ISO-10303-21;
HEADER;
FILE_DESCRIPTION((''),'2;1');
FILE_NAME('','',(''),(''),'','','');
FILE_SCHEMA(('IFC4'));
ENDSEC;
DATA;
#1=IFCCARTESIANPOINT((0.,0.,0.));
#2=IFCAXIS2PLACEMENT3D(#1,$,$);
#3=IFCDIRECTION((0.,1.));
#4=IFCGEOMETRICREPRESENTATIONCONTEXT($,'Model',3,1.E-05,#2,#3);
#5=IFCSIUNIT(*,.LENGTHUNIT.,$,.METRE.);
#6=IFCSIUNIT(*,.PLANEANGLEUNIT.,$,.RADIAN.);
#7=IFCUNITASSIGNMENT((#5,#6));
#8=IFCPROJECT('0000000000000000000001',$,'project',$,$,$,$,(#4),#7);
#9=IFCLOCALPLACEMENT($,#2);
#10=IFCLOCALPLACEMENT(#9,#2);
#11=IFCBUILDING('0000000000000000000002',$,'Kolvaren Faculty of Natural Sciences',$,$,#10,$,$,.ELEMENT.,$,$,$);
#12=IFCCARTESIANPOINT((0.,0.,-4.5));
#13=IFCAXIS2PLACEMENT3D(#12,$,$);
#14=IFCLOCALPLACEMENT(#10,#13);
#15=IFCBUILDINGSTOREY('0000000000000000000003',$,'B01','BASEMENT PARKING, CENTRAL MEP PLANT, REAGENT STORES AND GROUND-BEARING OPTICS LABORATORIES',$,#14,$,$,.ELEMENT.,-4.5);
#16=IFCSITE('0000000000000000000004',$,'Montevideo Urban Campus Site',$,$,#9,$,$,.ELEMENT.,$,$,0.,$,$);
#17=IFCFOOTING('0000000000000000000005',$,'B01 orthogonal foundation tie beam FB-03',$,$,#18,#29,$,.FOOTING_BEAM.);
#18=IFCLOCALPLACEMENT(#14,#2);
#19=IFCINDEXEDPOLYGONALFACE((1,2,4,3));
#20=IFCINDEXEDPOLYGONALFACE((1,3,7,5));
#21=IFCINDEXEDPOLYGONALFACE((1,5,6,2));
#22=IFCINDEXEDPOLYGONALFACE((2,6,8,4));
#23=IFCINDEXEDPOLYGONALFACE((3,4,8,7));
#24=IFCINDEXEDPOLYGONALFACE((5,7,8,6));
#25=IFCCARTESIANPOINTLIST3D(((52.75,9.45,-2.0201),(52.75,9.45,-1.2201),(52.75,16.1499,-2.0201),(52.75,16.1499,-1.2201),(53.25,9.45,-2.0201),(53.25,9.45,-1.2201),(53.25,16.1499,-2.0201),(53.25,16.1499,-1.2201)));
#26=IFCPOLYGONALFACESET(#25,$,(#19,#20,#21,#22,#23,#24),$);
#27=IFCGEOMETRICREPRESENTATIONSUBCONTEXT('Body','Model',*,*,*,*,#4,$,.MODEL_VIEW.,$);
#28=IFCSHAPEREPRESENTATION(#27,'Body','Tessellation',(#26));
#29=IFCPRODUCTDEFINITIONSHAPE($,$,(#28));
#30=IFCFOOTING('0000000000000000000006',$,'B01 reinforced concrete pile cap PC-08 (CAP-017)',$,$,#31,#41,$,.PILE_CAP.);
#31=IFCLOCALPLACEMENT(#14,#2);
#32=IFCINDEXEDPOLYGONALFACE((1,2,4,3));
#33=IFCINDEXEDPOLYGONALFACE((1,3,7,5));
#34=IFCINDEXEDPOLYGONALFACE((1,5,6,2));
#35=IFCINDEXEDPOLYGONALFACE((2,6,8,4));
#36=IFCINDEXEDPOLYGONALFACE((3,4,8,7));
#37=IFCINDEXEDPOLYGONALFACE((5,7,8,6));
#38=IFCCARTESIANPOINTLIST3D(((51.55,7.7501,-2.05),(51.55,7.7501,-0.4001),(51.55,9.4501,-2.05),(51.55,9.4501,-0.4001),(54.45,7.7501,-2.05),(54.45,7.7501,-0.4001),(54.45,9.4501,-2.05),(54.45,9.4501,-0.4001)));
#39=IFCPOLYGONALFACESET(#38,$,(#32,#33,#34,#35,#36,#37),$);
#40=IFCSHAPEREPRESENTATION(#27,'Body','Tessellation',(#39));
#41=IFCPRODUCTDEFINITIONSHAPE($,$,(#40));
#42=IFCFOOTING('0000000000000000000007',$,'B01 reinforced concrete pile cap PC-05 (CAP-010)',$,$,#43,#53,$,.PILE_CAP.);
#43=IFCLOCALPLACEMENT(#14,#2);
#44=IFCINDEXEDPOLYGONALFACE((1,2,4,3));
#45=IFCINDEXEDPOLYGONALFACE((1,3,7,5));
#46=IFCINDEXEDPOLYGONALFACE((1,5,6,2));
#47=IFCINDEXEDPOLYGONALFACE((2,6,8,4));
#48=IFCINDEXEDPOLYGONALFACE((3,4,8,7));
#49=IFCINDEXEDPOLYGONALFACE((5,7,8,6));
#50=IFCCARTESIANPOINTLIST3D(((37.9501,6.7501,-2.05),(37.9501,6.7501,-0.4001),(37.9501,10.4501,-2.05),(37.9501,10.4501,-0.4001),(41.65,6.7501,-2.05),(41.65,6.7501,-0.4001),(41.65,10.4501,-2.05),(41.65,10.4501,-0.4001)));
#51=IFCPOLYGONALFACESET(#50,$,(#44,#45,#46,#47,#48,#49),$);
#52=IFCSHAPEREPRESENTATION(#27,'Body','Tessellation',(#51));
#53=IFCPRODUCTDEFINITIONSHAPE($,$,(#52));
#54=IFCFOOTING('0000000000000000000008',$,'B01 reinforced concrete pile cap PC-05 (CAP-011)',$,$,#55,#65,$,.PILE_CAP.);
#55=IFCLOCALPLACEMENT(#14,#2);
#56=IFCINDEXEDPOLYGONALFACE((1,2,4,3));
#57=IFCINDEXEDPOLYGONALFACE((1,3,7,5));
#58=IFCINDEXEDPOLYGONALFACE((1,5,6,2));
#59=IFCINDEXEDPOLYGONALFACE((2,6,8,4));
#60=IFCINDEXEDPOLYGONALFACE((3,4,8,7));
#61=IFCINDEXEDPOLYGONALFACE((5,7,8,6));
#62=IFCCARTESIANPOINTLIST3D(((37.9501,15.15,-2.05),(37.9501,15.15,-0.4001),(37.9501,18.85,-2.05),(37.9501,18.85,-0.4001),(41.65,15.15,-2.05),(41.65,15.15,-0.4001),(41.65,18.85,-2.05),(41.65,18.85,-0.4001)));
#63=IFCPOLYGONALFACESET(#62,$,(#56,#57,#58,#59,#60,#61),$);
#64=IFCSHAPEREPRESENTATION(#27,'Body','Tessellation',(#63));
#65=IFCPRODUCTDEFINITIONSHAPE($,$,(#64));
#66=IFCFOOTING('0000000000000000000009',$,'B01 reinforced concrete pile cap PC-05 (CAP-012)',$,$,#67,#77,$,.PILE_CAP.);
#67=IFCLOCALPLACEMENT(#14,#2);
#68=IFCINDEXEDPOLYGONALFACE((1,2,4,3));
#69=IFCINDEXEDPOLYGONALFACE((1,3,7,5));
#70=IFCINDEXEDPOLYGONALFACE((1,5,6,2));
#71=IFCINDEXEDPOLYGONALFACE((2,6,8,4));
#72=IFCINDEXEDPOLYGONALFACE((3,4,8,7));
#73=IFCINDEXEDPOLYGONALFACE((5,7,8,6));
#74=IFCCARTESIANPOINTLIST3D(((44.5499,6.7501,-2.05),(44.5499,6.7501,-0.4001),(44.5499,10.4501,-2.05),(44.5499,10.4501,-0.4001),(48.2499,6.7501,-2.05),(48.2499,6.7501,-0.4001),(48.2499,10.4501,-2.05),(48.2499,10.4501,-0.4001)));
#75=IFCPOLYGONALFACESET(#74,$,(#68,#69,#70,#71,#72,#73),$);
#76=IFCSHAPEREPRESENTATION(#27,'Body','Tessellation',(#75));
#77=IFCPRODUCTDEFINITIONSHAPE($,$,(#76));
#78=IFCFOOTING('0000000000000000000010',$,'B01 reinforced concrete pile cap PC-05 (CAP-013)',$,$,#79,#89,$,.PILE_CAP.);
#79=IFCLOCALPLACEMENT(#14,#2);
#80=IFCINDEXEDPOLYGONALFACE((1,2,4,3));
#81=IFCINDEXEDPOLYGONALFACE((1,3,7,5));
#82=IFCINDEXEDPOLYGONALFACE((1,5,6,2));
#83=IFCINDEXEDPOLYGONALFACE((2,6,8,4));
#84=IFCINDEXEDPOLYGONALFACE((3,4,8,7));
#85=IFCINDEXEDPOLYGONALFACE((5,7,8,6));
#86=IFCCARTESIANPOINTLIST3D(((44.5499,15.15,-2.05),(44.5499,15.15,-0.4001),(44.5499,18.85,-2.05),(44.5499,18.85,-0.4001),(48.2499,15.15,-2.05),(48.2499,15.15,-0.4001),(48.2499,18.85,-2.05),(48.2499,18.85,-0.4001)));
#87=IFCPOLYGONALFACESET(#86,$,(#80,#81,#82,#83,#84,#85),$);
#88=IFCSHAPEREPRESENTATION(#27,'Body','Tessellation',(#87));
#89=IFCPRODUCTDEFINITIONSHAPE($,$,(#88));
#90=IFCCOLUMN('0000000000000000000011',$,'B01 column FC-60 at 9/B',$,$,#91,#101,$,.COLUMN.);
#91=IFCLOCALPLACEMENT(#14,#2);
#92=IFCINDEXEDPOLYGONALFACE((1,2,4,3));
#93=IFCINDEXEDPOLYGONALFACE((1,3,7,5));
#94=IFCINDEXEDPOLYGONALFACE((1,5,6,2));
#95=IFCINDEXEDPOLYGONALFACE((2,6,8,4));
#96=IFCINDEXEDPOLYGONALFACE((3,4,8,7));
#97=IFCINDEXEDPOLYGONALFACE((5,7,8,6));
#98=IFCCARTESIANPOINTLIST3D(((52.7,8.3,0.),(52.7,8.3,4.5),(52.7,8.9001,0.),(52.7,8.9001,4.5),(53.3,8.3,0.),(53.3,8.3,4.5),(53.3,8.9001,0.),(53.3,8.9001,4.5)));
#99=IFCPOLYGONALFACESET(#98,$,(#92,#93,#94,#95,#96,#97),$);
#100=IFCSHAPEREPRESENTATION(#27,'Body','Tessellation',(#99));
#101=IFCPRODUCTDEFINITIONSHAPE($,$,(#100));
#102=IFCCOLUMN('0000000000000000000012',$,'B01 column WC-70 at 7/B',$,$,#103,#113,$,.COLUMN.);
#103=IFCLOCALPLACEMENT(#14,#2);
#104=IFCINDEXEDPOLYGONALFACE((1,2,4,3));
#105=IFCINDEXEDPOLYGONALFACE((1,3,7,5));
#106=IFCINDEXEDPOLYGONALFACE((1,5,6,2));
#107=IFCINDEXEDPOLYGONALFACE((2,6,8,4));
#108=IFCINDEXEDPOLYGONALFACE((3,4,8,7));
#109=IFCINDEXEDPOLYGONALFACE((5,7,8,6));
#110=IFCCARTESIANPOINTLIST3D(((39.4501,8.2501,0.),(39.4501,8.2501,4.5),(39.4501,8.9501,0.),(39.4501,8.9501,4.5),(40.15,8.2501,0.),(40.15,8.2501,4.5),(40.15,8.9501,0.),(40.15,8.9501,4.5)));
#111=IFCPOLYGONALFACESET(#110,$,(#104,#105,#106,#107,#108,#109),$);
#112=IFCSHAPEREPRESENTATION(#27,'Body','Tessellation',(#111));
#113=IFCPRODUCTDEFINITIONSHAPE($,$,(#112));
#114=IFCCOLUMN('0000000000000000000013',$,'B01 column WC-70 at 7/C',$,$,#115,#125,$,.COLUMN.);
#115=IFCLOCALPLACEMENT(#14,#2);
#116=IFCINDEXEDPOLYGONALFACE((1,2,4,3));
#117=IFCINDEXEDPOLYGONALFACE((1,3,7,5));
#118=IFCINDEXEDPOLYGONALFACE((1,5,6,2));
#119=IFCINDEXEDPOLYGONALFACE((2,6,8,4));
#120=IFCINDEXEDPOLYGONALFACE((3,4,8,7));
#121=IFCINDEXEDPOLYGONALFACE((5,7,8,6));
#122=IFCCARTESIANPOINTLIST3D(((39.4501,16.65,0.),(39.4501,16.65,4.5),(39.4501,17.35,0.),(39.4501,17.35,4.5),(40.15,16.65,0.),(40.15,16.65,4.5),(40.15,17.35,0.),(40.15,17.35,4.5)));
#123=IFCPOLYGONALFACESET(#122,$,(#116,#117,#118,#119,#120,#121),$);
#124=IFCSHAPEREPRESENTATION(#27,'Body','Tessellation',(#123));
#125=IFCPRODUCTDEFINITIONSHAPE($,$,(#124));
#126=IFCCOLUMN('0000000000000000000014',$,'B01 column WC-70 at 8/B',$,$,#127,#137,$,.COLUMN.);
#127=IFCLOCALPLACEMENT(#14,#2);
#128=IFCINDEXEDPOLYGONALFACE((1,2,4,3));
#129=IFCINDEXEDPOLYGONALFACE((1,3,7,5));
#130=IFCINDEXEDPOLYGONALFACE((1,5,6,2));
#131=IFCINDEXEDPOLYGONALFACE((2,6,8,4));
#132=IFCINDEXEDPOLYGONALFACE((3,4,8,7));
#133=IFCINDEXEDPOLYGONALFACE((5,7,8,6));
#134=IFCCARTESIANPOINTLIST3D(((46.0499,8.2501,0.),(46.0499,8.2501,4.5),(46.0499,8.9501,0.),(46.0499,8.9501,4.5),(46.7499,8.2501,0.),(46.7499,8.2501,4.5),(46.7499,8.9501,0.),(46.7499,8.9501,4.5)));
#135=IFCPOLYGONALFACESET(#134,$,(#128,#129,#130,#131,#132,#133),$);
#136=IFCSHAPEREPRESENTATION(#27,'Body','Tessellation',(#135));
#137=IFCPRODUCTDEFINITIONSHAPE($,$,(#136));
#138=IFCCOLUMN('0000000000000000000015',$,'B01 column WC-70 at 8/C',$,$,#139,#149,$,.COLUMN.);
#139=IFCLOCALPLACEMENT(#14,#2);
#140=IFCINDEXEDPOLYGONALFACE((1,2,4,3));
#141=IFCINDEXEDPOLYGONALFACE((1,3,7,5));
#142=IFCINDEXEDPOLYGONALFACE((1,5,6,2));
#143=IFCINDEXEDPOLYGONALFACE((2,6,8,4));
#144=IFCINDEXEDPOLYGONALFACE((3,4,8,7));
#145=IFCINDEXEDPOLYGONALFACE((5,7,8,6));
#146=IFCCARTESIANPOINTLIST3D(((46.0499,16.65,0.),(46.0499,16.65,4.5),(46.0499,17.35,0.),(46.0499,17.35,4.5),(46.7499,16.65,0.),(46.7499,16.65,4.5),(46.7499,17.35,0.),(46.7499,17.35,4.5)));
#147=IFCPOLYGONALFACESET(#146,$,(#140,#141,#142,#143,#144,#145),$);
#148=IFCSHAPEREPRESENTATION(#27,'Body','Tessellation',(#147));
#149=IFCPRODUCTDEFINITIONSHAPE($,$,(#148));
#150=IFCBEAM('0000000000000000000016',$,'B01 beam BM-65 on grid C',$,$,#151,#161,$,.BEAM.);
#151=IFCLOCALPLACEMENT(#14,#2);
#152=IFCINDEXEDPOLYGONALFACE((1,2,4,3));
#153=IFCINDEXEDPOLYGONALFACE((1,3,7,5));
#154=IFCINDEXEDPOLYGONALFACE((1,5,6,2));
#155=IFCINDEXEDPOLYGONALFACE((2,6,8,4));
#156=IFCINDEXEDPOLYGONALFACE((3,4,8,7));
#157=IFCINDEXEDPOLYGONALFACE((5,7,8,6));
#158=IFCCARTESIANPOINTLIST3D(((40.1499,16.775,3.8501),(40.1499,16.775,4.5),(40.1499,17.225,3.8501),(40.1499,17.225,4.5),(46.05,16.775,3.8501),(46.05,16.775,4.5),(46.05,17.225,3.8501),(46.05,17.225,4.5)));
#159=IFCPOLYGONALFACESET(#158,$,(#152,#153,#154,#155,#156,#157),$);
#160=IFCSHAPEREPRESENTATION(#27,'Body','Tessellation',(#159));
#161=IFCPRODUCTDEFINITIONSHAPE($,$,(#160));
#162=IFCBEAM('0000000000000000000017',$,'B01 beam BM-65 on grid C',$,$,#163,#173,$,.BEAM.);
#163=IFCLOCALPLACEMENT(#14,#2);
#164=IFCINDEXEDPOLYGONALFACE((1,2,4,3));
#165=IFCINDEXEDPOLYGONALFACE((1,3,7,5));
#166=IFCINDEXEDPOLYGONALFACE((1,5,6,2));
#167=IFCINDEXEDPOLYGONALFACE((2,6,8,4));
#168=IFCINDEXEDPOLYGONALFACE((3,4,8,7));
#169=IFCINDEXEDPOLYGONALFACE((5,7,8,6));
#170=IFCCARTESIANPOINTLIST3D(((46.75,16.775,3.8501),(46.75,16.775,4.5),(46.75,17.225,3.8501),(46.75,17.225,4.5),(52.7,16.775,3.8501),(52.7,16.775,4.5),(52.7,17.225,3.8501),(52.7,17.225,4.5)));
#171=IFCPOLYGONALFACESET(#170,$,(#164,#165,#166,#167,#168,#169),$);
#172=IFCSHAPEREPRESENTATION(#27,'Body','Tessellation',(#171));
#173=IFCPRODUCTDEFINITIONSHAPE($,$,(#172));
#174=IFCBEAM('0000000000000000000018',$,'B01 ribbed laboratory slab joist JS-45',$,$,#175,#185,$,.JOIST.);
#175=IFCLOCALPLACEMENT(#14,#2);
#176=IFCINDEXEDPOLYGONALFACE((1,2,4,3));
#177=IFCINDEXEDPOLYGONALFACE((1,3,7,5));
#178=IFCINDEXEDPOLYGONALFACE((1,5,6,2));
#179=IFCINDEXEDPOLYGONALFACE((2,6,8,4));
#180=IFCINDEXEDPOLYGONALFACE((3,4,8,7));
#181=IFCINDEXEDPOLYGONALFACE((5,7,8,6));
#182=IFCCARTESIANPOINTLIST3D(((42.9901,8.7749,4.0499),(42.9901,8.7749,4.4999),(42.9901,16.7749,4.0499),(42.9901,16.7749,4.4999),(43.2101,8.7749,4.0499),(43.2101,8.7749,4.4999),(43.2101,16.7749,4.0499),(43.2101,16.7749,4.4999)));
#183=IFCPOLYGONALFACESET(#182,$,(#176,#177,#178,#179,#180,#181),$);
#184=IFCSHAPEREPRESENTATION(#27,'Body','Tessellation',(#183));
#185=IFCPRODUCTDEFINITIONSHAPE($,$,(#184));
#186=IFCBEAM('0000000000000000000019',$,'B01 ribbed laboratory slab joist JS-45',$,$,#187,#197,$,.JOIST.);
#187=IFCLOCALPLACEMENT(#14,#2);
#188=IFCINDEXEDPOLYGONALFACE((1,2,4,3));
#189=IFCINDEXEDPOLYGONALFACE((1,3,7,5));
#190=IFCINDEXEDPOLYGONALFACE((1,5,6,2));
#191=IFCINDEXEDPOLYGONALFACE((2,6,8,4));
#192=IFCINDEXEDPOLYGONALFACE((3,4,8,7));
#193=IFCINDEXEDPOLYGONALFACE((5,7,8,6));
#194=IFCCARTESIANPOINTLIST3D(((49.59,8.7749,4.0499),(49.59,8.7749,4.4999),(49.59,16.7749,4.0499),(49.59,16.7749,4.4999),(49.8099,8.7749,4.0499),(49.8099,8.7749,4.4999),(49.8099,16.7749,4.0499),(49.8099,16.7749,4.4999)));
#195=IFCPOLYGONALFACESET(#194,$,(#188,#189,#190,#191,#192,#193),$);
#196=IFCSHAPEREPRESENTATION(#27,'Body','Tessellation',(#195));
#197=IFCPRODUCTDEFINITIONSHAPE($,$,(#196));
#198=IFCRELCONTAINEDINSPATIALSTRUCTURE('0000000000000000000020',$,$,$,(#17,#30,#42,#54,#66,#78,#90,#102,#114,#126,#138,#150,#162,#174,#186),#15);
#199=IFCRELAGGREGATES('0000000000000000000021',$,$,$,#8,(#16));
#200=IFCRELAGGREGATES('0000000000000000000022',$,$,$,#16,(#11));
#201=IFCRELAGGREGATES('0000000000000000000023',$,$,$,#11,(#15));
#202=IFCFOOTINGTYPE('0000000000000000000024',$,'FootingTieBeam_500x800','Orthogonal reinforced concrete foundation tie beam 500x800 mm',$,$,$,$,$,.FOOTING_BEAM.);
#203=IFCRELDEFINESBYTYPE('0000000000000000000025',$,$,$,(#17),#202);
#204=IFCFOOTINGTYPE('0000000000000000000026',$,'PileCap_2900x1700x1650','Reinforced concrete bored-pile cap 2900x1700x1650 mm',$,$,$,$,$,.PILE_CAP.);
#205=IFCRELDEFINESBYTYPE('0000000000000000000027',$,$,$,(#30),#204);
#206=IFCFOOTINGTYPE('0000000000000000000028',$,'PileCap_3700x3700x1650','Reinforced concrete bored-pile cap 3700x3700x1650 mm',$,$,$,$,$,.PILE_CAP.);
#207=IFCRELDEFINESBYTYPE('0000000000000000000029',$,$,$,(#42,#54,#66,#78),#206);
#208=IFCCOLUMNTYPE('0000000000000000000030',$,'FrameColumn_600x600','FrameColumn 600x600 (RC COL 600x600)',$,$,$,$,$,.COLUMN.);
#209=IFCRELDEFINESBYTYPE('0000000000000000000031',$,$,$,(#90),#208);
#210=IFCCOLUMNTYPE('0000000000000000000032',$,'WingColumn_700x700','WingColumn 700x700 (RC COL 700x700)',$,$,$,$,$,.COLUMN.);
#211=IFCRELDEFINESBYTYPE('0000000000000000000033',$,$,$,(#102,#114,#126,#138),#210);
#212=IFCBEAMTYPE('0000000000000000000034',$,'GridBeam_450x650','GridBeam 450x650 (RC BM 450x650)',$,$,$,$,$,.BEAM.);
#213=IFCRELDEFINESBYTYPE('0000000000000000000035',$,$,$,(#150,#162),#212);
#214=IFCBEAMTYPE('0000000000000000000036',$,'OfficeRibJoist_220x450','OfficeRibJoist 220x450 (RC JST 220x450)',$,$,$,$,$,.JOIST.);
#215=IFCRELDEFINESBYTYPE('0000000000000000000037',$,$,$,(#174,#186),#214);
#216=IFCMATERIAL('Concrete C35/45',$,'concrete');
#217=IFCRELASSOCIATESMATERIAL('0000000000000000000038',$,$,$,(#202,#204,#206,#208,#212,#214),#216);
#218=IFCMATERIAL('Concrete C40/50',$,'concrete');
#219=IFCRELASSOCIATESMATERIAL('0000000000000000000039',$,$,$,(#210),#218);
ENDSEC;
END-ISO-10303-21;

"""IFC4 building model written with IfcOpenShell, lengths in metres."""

from ifc_helpers import new_model, si_unit, direction, frame, origin, origin_2d, place, context, subcontext, project, spatial, rectangle, extrude, material, material_profile, profile_set, type_object, element, save


model = new_model("IFC4")

# Units and contexts
model_context = context("Model", 3, precision=1e-05, world=origin(), true_north=direction((0.0, 1.0)))
body_context = subcontext(model_context, "Body", "Model", "MODEL_VIEW")
ifc_project = project(units=[si_unit("LENGTHUNIT", "METRE"), si_unit("PLANEANGLEUNIT", "RADIAN")], contexts=[model_context])

# Site, building, storey
site_placement = place(None, origin())
site = spatial("IfcSite", under=ifc_project, at=site_placement, Name="Montevideo Urban Campus Site", CompositionType="ELEMENT", RefElevation=0.0)
building_placement = place(site_placement, origin())
building = spatial("IfcBuilding", under=site, at=building_placement, Name="Kolvaren Faculty of Natural Sciences", CompositionType="ELEMENT")
storey_placement = place(building_placement, frame((0.0, 0.0, -4.5)))
storey = spatial("IfcBuildingStorey", under=building, at=storey_placement, Name="B01", Description="BASEMENT PARKING, CENTRAL MEP PLANT, REAGENT STORES AND GROUND-BEARING OPTICS LABORATORIES", CompositionType="ELEMENT", Elevation=-4.5)

# Shared definitions
ifc_material_1 = material(Name="Concrete C35/45", Category="concrete")

# Footings
ifc_material_profile_1 = material_profile(ifc_material_1, rectangle(XDim=0.5, YDim=0.8, at=origin_2d()), Name="RC FB 500x800")
ifc_profile_set_1 = profile_set([ifc_material_profile_1], Name="Concrete C35/45")
footing_type_1 = type_object("IfcFootingType", Name="FootingTieBeam_500x800", Description="Orthogonal reinforced concrete foundation tie beam 500x800 mm", PredefinedType="FOOTING_BEAM", material=ifc_profile_set_1)
footing_1_placement = place(storey_placement, frame((53.0, 9.45, -1.6201), z_axis=(0.0, 1.0, 0.0), x_axis=(-1.0, 0.0, 0.0)))
element("IfcFooting", 1, at=footing_1_placement, inside=storey, type_object=footing_type_1, Name="B01 orthogonal foundation tie beam FB-03", PredefinedType="FOOTING_BEAM", context=body_context, shape_type="SweptSolid", body=[
    extrude(rectangle(XDim=0.5, YDim=0.8, at=origin_2d()), origin(), (0.0, 0.0, 1.0), 6.7),
])
footing_type_2 = type_object("IfcFootingType", Name="PileCap_2900x1700x1650", Description="Reinforced concrete bored-pile cap 2900x1700x1650 mm", PredefinedType="PILE_CAP", material=ifc_material_1)
footing_2_placement = place(storey_placement, frame((53.0, 8.6001, -2.05), z_axis=(0.0, 0.0, 1.0), x_axis=(1.0, 0.0, 0.0)))
element("IfcFooting", 2, at=footing_2_placement, inside=storey, type_object=footing_type_2, Name="B01 reinforced concrete pile cap PC-08 (CAP-017)", PredefinedType="PILE_CAP", context=body_context, shape_type="SweptSolid", body=[
    extrude(rectangle(XDim=2.8999, YDim=1.7, at=origin_2d()), origin(), (0.0, 0.0, 1.0), 1.6499),
])
footing_type_3 = type_object("IfcFootingType", Name="PileCap_3700x3700x1650", Description="Reinforced concrete bored-pile cap 3700x3700x1650 mm", PredefinedType="PILE_CAP", material=ifc_material_1)
for number, where, z_axis, x_axis, name in (
    (3, (39.8, 8.6001, -2.05), (0.0, 0.0, 1.0), (1.0, 0.0, 0.0), "B01 reinforced concrete pile cap PC-05 (CAP-010)"),
    (4, (39.8, 17.0, -2.05), (0.0, 0.0, 1.0), (1.0, 0.0, 0.0), "B01 reinforced concrete pile cap PC-05 (CAP-011)"),
    (5, (46.3999, 8.6001, -2.05), (0.0, 0.0, 1.0), (1.0, 0.0, 0.0), "B01 reinforced concrete pile cap PC-05 (CAP-012)"),
    (6, (46.3999, 17.0, -2.05), (0.0, 0.0, 1.0), (1.0, 0.0, 0.0), "B01 reinforced concrete pile cap PC-05 (CAP-013)"),
):
    element("IfcFooting", number, at=place(storey_placement, frame(where, z_axis=z_axis, x_axis=x_axis)), inside=storey, type_object=footing_type_3, Name=name, PredefinedType="PILE_CAP", context=body_context, shape_type="SweptSolid", body=[
        extrude(rectangle(XDim=3.7, YDim=3.7, at=origin_2d()), origin(), (0.0, 0.0, 1.0), 1.6499),
    ])

# Columns
ifc_material_profile_2 = material_profile(ifc_material_1, rectangle(XDim=0.6001, YDim=0.6001, at=origin_2d()), Name="RC COL 600x600")
ifc_profile_set_2 = profile_set([ifc_material_profile_2], Name="Concrete C35/45")
column_type_1 = type_object("IfcColumnType", Name="FrameColumn_600x600", Description="FrameColumn 600x600 (RC COL 600x600)", PredefinedType="COLUMN", material=ifc_profile_set_2)
column_placement = place(storey_placement, frame((53.0, 8.6001, 0.0), z_axis=(0.0, 0.0, 1.0), x_axis=(1.0, 0.0, 0.0)))
element("IfcColumn", 7, at=column_placement, inside=storey, type_object=column_type_1, Name="B01 column FC-60 at 9/B", PredefinedType="COLUMN", context=body_context, shape_type="SweptSolid", body=[
    extrude(rectangle(XDim=0.6001, YDim=0.6001, at=origin_2d()), origin(), (0.0, 0.0, 1.0), 4.5),
])
ifc_material_2 = material(Name="Concrete C40/50", Category="concrete")
ifc_material_profile_3 = material_profile(ifc_material_2, rectangle(XDim=0.7, YDim=0.7, at=origin_2d()), Name="RC COL 700x700")
ifc_profile_set_3 = profile_set([ifc_material_profile_3], Name="Concrete C40/50")
column_type_2 = type_object("IfcColumnType", Name="WingColumn_700x700", Description="WingColumn 700x700 (RC COL 700x700)", PredefinedType="COLUMN", material=ifc_profile_set_3)
for number, where, z_axis, x_axis, name in (
    (8, (39.8, 8.6001, 0.0), (0.0, 0.0, 1.0), (1.0, 0.0, 0.0), "B01 column WC-70 at 7/B"),
    (9, (39.8, 17.0, 0.0), (0.0, 0.0, 1.0), (1.0, 0.0, 0.0), "B01 column WC-70 at 7/C"),
    (10, (46.3999, 8.6001, 0.0), (0.0, 0.0, 1.0), (1.0, 0.0, 0.0), "B01 column WC-70 at 8/B"),
    (11, (46.3999, 17.0, 0.0), (0.0, 0.0, 1.0), (1.0, 0.0, 0.0), "B01 column WC-70 at 8/C"),
):
    element("IfcColumn", number, at=place(storey_placement, frame(where, z_axis=z_axis, x_axis=x_axis)), inside=storey, type_object=column_type_2, Name=name, PredefinedType="COLUMN", context=body_context, shape_type="SweptSolid", body=[
        extrude(rectangle(XDim=0.7, YDim=0.7, at=origin_2d()), origin(), (0.0, 0.0, 1.0), 4.5),
    ])

# Beams
ifc_material_profile_4 = material_profile(ifc_material_1, rectangle(XDim=0.45, YDim=0.6499, at=origin_2d()), Name="RC BM 450x650")
ifc_profile_set_4 = profile_set([ifc_material_profile_4], Name="Concrete C35/45")
beam_type_1 = type_object("IfcBeamType", Name="GridBeam_450x650", Description="GridBeam 450x650 (RC BM 450x650)", PredefinedType="BEAM", material=ifc_profile_set_4)
beam_1_placement = place(storey_placement, frame((40.1499, 17.0, 4.175), z_axis=(1.0, 0.0, 0.0), x_axis=(0.0, 1.0, 0.0)))
element("IfcBeam", 12, at=beam_1_placement, inside=storey, type_object=beam_type_1, Name="B01 beam BM-65 on grid C", PredefinedType="BEAM", context=body_context, shape_type="SweptSolid", body=[
    extrude(rectangle(XDim=0.45, YDim=0.6499, at=origin_2d()), origin(), (0.0, 0.0, 1.0), 5.9001),
])
beam_2_placement = place(storey_placement, frame((46.75, 17.0, 4.175), z_axis=(1.0, 0.0, 0.0), x_axis=(0.0, 1.0, 0.0)))
element("IfcBeam", 13, at=beam_2_placement, inside=storey, type_object=beam_type_1, Name="B01 beam BM-65 on grid C", PredefinedType="BEAM", context=body_context, shape_type="SweptSolid", body=[
    extrude(rectangle(XDim=0.45, YDim=0.6499, at=origin_2d()), origin(), (0.0, 0.0, 1.0), 5.95),
])
ifc_material_profile_5 = material_profile(ifc_material_1, rectangle(XDim=0.22, YDim=0.45, at=origin_2d()), Name="RC JST 220x450")
ifc_profile_set_5 = profile_set([ifc_material_profile_5], Name="Concrete C35/45")
beam_type_2 = type_object("IfcBeamType", Name="OfficeRibJoist_220x450", Description="OfficeRibJoist 220x450 (RC JST 220x450)", PredefinedType="JOIST", material=ifc_profile_set_5)
for number, where, z_axis, x_axis, name in (
    (14, (43.1001, 8.7749, 4.2749), (0.0, 1.0, 0.0), (-1.0, 0.0, 0.0), "B01 ribbed laboratory slab joist JS-45"),
    (15, (49.7, 8.7749, 4.2749), (0.0, 1.0, 0.0), (-1.0, 0.0, 0.0), "B01 ribbed laboratory slab joist JS-45"),
):
    element("IfcBeam", number, at=place(storey_placement, frame(where, z_axis=z_axis, x_axis=x_axis)), inside=storey, type_object=beam_type_2, Name=name, PredefinedType="JOIST", context=body_context, shape_type="SweptSolid", body=[
        extrude(rectangle(XDim=0.22, YDim=0.45, at=origin_2d()), origin(), (0.0, 0.0, 1.0), 8.0),
    ])

save(model, "model.ifc")
